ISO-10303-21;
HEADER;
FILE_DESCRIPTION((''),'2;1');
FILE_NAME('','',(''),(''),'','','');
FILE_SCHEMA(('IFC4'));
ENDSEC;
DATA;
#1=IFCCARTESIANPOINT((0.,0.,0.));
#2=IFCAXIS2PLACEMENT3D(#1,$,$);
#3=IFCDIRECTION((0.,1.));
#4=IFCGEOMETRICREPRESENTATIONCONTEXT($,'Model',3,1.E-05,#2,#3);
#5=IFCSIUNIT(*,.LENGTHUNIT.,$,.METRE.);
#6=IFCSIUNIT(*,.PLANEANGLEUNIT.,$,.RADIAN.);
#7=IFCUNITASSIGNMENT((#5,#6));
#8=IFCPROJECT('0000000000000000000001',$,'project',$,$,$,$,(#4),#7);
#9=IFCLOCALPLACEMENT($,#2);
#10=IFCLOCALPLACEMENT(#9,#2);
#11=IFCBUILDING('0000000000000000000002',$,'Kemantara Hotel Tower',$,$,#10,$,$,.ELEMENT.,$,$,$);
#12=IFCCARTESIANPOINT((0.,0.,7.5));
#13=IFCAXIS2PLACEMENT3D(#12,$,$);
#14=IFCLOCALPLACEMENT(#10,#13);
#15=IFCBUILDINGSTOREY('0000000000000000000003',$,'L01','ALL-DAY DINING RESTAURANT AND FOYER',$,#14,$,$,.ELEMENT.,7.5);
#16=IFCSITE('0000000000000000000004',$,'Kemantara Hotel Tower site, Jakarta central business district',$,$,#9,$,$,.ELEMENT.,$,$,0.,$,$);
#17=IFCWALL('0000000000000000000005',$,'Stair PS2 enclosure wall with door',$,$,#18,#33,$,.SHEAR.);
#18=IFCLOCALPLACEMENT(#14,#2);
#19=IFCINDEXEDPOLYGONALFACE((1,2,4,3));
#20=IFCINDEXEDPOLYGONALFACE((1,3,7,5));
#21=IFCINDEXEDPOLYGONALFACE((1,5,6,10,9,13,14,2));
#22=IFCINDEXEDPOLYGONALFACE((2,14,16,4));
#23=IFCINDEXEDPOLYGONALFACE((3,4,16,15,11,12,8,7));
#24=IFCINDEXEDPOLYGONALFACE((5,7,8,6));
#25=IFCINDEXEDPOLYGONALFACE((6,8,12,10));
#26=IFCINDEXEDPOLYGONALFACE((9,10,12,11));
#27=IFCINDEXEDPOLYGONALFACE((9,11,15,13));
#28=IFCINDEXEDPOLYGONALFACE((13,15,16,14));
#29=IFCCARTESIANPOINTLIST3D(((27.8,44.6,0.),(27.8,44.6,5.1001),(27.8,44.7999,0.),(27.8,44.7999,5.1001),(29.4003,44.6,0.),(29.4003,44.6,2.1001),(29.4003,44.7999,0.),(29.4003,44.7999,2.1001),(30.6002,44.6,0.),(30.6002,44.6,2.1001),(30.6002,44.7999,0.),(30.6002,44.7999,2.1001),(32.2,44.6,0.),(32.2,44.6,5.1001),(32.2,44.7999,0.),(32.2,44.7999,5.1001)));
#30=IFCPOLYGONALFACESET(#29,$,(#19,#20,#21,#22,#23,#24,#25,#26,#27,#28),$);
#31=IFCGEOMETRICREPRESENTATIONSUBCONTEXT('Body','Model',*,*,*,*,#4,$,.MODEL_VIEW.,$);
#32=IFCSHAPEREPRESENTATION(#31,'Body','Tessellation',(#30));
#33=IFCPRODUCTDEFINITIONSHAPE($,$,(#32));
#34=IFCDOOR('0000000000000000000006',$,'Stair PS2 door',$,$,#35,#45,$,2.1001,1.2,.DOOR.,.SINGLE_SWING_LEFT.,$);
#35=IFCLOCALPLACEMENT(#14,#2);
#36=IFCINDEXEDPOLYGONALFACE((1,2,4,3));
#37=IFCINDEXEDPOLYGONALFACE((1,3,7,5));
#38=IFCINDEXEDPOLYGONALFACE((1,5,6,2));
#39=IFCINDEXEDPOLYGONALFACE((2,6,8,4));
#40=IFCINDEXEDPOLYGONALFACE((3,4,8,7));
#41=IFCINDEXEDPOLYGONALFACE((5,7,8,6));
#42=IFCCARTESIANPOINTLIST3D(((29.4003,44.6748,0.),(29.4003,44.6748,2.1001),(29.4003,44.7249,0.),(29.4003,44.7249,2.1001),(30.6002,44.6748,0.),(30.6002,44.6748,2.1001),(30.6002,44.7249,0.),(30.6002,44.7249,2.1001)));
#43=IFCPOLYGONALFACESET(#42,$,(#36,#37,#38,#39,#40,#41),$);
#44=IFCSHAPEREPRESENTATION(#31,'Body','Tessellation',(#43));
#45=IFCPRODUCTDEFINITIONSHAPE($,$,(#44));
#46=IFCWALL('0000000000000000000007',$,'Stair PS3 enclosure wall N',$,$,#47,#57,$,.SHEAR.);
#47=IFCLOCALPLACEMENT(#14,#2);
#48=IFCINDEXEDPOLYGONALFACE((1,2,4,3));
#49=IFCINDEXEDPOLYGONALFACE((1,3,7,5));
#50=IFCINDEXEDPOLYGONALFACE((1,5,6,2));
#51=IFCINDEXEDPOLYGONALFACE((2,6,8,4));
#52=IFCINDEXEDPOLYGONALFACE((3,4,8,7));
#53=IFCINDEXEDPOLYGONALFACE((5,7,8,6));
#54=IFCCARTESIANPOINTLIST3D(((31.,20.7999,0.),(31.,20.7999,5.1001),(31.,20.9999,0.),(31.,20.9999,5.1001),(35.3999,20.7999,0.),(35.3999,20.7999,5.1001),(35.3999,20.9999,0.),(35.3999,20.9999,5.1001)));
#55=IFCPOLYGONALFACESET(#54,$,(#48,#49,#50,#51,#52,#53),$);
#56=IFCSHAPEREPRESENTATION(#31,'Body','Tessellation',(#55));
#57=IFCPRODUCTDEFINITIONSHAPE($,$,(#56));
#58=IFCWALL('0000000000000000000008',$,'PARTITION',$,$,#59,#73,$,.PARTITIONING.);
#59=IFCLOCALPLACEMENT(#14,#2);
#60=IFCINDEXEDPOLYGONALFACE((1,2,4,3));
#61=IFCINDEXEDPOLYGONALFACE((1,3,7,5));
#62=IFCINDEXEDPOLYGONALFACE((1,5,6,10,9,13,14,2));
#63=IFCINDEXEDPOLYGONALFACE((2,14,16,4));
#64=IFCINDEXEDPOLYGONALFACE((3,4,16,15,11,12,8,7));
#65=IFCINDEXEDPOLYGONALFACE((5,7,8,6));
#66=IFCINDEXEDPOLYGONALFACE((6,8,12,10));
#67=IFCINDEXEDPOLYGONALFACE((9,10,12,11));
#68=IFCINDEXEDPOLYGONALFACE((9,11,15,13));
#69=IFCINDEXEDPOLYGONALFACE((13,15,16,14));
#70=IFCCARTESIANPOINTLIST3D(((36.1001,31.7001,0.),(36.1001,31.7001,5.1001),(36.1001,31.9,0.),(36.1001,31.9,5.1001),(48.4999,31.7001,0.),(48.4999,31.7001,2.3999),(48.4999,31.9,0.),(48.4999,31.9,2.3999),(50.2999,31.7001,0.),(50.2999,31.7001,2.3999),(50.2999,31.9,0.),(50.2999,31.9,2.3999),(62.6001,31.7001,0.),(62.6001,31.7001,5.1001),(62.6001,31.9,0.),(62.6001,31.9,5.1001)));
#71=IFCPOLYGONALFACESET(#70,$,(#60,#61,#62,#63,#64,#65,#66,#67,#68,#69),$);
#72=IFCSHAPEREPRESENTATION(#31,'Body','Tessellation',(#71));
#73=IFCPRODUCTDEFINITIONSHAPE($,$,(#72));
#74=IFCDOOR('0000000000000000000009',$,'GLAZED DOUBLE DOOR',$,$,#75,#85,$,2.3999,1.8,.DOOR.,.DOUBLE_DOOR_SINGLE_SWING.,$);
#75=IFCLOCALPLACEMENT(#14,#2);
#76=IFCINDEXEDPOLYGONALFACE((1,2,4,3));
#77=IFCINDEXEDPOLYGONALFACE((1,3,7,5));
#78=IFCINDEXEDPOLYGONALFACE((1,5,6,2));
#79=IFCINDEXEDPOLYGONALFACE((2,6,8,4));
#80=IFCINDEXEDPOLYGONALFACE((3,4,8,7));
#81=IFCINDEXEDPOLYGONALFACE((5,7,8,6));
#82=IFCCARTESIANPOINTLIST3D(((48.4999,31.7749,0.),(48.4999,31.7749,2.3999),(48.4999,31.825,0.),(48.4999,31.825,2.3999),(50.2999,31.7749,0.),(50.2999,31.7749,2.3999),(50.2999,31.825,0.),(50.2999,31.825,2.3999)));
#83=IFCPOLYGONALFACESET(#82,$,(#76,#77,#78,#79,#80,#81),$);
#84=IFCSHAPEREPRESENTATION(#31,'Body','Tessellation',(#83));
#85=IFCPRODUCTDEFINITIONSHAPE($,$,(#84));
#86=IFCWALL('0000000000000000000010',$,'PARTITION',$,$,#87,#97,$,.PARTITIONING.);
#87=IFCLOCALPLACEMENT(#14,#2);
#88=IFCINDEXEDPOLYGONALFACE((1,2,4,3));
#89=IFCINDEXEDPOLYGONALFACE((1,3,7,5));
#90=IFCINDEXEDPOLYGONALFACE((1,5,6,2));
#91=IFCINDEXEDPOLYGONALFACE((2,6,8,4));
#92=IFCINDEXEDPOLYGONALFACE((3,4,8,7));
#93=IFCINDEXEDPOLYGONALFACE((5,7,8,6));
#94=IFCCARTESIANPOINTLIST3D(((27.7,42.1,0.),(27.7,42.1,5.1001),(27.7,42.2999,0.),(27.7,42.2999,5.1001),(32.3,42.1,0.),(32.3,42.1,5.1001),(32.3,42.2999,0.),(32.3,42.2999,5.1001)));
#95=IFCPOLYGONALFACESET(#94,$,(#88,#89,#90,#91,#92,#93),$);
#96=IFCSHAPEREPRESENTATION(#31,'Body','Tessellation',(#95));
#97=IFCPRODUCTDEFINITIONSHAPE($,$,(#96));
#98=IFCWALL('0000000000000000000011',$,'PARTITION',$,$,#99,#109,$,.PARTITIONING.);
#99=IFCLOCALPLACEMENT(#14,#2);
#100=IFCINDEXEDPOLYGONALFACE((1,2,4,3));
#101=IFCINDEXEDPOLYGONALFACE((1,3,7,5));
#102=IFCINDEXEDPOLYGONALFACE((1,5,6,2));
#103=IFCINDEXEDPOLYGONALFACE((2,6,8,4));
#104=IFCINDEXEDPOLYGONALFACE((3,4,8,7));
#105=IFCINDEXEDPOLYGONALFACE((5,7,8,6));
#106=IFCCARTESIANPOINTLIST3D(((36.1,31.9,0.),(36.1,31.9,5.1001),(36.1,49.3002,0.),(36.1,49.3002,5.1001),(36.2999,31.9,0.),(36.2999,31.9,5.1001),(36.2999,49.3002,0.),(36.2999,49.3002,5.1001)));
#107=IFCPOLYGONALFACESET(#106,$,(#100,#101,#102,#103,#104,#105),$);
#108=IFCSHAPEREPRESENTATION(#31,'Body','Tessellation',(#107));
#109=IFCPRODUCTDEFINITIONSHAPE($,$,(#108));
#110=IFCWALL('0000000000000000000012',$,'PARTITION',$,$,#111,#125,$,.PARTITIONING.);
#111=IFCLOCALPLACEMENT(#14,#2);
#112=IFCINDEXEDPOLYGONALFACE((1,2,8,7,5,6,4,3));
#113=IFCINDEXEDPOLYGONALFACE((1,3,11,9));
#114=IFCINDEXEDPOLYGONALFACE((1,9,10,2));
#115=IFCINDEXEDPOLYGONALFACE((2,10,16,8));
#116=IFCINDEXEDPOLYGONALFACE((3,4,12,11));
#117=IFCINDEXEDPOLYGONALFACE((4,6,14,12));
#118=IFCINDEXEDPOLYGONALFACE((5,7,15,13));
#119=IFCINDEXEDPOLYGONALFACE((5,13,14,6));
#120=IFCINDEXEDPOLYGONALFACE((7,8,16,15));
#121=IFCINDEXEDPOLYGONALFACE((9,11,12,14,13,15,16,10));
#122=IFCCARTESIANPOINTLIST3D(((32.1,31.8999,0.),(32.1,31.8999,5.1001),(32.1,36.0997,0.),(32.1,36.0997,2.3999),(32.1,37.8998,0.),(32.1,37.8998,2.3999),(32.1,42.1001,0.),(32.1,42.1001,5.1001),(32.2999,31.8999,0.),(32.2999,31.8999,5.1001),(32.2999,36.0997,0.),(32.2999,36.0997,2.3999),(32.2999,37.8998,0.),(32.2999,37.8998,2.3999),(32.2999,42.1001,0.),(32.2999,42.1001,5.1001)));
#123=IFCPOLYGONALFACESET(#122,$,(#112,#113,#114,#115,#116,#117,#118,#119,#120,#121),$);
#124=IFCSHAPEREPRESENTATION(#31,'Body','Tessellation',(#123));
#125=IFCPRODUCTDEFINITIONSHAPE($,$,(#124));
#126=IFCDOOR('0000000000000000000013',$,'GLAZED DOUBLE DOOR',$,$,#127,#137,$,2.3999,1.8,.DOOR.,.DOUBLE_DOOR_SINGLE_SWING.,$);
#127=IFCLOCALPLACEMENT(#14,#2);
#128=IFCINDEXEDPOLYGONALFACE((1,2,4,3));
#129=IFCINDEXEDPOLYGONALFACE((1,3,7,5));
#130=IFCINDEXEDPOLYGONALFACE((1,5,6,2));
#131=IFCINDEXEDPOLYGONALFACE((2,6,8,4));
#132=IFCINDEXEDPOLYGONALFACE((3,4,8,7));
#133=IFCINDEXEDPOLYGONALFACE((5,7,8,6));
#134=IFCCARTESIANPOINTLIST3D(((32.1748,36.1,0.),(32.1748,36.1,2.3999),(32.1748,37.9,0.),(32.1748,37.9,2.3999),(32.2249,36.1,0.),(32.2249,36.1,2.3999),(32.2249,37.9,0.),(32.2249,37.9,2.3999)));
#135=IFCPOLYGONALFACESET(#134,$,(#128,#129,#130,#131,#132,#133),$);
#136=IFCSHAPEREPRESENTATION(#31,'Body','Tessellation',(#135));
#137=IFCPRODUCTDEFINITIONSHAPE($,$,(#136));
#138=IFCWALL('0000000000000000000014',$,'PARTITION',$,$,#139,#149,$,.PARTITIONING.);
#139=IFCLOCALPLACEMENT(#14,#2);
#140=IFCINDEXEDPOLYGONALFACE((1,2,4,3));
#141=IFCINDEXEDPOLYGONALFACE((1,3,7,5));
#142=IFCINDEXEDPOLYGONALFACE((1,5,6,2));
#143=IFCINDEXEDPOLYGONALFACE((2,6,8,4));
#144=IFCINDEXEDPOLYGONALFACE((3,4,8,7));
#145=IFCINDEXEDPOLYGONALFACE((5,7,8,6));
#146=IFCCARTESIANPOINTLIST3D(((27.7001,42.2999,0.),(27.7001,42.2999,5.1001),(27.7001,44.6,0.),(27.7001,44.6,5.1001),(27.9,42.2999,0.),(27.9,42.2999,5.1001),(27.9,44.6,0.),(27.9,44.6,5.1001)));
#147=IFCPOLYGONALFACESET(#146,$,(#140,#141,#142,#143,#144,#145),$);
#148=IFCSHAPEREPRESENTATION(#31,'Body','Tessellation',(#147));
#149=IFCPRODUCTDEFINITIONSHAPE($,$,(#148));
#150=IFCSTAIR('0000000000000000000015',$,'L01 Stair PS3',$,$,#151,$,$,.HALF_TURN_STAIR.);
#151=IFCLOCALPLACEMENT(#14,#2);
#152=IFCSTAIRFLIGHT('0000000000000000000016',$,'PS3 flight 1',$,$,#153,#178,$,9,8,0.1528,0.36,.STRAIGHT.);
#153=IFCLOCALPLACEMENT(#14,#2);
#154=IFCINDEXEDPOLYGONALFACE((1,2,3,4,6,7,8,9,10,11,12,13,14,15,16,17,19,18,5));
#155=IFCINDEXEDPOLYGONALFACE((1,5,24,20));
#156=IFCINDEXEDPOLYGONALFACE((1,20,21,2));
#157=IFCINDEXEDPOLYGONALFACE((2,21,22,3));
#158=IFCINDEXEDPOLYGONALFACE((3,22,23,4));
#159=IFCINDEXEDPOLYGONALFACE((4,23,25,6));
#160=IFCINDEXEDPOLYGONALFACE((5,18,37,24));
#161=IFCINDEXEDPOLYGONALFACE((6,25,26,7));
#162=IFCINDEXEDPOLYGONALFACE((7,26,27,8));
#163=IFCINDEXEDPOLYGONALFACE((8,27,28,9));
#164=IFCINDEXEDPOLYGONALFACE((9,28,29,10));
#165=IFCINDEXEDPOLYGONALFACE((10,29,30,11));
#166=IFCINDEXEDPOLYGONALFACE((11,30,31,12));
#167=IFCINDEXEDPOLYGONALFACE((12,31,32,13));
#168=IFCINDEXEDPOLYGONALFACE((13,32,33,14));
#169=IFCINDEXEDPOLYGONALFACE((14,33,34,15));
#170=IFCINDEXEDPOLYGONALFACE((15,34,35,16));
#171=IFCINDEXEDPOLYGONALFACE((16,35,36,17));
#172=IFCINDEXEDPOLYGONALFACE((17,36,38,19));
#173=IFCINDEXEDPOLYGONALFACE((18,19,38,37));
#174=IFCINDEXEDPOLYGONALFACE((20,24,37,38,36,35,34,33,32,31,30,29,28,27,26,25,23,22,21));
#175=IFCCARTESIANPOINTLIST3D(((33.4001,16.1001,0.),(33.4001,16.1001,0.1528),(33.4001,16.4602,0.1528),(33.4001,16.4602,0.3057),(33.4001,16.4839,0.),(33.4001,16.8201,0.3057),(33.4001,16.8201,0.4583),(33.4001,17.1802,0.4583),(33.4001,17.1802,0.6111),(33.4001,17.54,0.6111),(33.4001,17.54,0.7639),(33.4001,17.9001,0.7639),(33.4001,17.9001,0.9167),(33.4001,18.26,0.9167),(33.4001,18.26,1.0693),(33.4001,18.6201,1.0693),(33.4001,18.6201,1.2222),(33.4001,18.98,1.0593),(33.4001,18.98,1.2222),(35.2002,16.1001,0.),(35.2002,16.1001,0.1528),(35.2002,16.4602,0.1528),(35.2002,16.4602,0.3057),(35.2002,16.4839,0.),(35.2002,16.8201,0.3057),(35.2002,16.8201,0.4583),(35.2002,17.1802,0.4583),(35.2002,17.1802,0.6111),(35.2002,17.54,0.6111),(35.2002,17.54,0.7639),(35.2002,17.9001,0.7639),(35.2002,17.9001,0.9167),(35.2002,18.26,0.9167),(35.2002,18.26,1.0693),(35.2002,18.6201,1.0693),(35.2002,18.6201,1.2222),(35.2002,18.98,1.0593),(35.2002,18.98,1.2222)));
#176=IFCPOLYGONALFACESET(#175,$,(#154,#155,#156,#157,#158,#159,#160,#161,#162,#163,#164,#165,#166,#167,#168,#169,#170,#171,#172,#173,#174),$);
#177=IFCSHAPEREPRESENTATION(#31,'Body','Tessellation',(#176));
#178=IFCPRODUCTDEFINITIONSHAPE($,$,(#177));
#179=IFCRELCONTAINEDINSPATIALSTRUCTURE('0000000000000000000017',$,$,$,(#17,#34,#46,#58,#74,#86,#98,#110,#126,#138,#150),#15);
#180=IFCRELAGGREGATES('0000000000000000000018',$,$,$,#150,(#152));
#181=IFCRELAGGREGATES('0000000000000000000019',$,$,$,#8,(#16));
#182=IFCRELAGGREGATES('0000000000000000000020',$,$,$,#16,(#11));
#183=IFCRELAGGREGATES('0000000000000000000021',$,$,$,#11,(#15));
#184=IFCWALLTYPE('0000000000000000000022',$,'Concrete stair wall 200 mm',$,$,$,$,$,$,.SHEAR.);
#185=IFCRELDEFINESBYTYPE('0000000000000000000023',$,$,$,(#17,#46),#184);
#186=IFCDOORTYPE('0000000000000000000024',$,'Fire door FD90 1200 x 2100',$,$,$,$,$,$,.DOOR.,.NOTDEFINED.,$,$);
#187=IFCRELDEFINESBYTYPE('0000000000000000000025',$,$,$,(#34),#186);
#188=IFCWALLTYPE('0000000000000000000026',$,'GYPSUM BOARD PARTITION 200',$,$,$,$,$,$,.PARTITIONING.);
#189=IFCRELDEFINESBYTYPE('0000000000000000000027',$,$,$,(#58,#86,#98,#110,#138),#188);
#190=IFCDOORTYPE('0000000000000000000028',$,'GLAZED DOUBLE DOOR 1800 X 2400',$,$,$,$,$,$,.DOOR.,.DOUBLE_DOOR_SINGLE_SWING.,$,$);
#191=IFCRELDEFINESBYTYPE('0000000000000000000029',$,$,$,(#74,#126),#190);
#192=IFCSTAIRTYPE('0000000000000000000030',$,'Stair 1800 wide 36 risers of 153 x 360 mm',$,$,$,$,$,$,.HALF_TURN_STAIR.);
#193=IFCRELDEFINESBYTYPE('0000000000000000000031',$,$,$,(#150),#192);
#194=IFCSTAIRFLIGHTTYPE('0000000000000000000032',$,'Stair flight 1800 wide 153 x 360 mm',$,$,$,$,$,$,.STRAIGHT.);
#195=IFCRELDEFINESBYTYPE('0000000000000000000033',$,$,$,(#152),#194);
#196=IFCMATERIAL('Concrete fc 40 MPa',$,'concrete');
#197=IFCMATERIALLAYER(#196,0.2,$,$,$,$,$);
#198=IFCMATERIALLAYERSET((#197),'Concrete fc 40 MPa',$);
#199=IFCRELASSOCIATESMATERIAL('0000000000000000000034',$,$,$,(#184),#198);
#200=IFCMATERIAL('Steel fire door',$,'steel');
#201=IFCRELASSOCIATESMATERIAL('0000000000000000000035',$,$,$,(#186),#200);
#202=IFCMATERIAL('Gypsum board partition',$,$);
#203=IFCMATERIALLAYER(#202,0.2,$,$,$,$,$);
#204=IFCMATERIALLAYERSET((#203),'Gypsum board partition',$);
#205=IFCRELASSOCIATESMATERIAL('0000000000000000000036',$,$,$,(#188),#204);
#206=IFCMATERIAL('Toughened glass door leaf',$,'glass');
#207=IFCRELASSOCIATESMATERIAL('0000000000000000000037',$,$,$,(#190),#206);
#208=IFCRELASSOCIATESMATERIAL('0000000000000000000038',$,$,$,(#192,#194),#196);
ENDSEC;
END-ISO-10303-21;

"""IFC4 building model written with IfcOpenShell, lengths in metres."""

from ifc_helpers import new_model, si_unit, direction, frame, frame_2d, origin, place, context, subcontext, project, spatial, polyline, rectangle, outline, extrude, material, layer, layer_set, type_object, element, fill, aggregate, save


model = new_model("IFC4")

# Units and contexts
model_context = context("Model", 3, precision=1e-05, world=origin(), true_north=direction((0.0, 1.0)))
body_context = subcontext(model_context, "Body", "Model", "MODEL_VIEW")
ifc_project = project(units=[si_unit("LENGTHUNIT", "METRE"), si_unit("PLANEANGLEUNIT", "RADIAN")], contexts=[model_context])

# Site, building, storey
site_placement = place(None, origin())
site = spatial("IfcSite", under=ifc_project, at=site_placement, Name="Kemantara Hotel Tower site, Jakarta central business district", CompositionType="ELEMENT", RefElevation=0.0)
building_placement = place(site_placement, origin())
building = spatial("IfcBuilding", under=site, at=building_placement, Name="Kemantara Hotel Tower", CompositionType="ELEMENT")
storey_placement = place(building_placement, frame((0.0, 0.0, 7.5)))
storey = spatial("IfcBuildingStorey", under=building, at=storey_placement, Name="L01", Description="ALL-DAY DINING RESTAURANT AND FOYER", CompositionType="ELEMENT", Elevation=7.5)

# Shared definitions
ifc_material_1 = material(Name="Concrete fc 40 MPa", Category="concrete")
ifc_layer_1 = layer(ifc_material_1, 0.2)
ifc_layer_set_1 = layer_set([ifc_layer_1], Name="Concrete fc 40 MPa")
wall_type_1 = type_object("IfcWallType", Name="Concrete stair wall 200 mm", PredefinedType="SHEAR", material=ifc_layer_set_1)

# Wall, opening, door
wall_1_placement = place(storey_placement, frame((27.8, 44.7, 0.0), z_axis=(0.0, 0.0, 1.0), x_axis=(1.0, 0.0, 0.0)))
wall_1 = element("IfcWall", 1, at=wall_1_placement, inside=storey, type_object=wall_type_1, Name="Stair PS2 enclosure wall with door", PredefinedType="SHEAR", context=body_context, shape_type="SweptSolid", body=[
    extrude(rectangle(XDim=4.3999, YDim=0.2, at=frame_2d((2.2, 0.0))), origin(), (0.0, 0.0, 1.0), 5.1001),
])
opening_1_placement = place(wall_1_placement, frame((1.6001, 0.0, 0.0)))
opening_1 = element("IfcOpeningElement", 2, at=opening_1_placement, cuts=wall_1, PredefinedType="OPENING", context=body_context, shape_type="SweptSolid", body=[
    extrude(rectangle(XDim=1.2, YDim=2.1001, at=frame_2d((0.6001, 1.05))), frame((0.0, 0.1099, 0.0), z_axis=(0.0, -1.0, 0.0), x_axis=(1.0, 0.0, 0.0)), (0.0, 0.0, 1.0), 0.22),
])
ifc_material_2 = material(Name="Steel fire door", Category="steel")
door_type_1 = type_object("IfcDoorType", Name="Fire door FD90 1200 x 2100", OperationType="NOTDEFINED", PredefinedType="DOOR", material=ifc_material_2)
door_1_placement = place(opening_1_placement, origin())
door_1 = element("IfcDoor", 3, at=door_1_placement, inside=storey, type_object=door_type_1, Name="Stair PS2 door", OperationType="SINGLE_SWING_LEFT", OverallHeight=2.1001, OverallWidth=1.2, PredefinedType="DOOR", context=body_context, shape_type="SweptSolid", body=[
    extrude(rectangle(XDim=1.2, YDim=2.1001, at=frame_2d((0.6001, 1.05))), frame((0.0, 0.0249, 0.0), z_axis=(0.0, -1.0, 0.0), x_axis=(1.0, 0.0, 0.0)), (0.0, 0.0, 1.0), 0.05),
])
fill(opening_1, door_1)

# Wall
wall_2_placement = place(storey_placement, frame((31.0, 20.8999, 0.0), z_axis=(0.0, 0.0, 1.0), x_axis=(1.0, 0.0, 0.0)))
element("IfcWall", 4, at=wall_2_placement, inside=storey, type_object=wall_type_1, Name="Stair PS3 enclosure wall N", PredefinedType="SHEAR", context=body_context, shape_type="SweptSolid", body=[
    extrude(rectangle(XDim=4.3999, YDim=0.2, at=frame_2d((2.2, 0.0))), origin(), (0.0, 0.0, 1.0), 5.1001),
])

# Wall, opening, door
ifc_material_3 = material(Name="Gypsum board partition")
ifc_layer_2 = layer(ifc_material_3, 0.2)
ifc_layer_set_2 = layer_set([ifc_layer_2], Name="Gypsum board partition")
wall_type_2 = type_object("IfcWallType", Name="GYPSUM BOARD PARTITION 200", PredefinedType="PARTITIONING", material=ifc_layer_set_2)
wall_3_placement = place(storey_placement, frame((36.1001, 31.8, 0.0), z_axis=(0.0, 0.0, 1.0), x_axis=(1.0, 0.0, 0.0)))
wall_3 = element("IfcWall", 5, at=wall_3_placement, inside=storey, type_object=wall_type_2, Name="PARTITION", PredefinedType="PARTITIONING", context=body_context, shape_type="SweptSolid", body=[
    extrude(rectangle(XDim=26.5, YDim=0.2, at=frame_2d((13.25, 0.0))), origin(), (0.0, 0.0, 1.0), 5.1001),
])
opening_2_placement = place(wall_3_placement, frame((12.3999, 0.0, 0.0)))
opening_2 = element("IfcOpeningElement", 6, at=opening_2_placement, cuts=wall_3, PredefinedType="OPENING", context=body_context, shape_type="SweptSolid", body=[
    extrude(rectangle(XDim=1.8, YDim=2.3999, at=frame_2d((0.8999, 1.2))), frame((0.0, 0.1099, 0.0), z_axis=(0.0, -1.0, 0.0), x_axis=(1.0, 0.0, 0.0)), (0.0, 0.0, 1.0), 0.22),
])
ifc_material_4 = material(Name="Toughened glass door leaf", Category="glass")
door_type_2 = type_object("IfcDoorType", Name="GLAZED DOUBLE DOOR 1800 X 2400", OperationType="DOUBLE_DOOR_SINGLE_SWING", PredefinedType="DOOR", material=ifc_material_4)
door_2_placement = place(opening_2_placement, origin())
door_2 = element("IfcDoor", 7, at=door_2_placement, inside=storey, type_object=door_type_2, Name="GLAZED DOUBLE DOOR", OperationType="DOUBLE_DOOR_SINGLE_SWING", OverallHeight=2.3999, OverallWidth=1.8, PredefinedType="DOOR", context=body_context, shape_type="SweptSolid", body=[
    extrude(rectangle(XDim=1.8, YDim=2.3999, at=frame_2d((0.8999, 1.2))), frame((0.0, 0.0249, 0.0), z_axis=(0.0, -1.0, 0.0), x_axis=(1.0, 0.0, 0.0)), (0.0, 0.0, 1.0), 0.05),
])
fill(opening_2, door_2)

# Walls
wall_4_placement = place(storey_placement, frame((27.7, 42.2, 0.0), z_axis=(0.0, 0.0, 1.0), x_axis=(1.0, 0.0, 0.0)))
element("IfcWall", 8, at=wall_4_placement, inside=storey, type_object=wall_type_2, Name="PARTITION", PredefinedType="PARTITIONING", context=body_context, shape_type="SweptSolid", body=[
    extrude(rectangle(XDim=4.6001, YDim=0.2, at=frame_2d((2.3, 0.0))), origin(), (0.0, 0.0, 1.0), 5.1001),
])
wall_5_placement = place(storey_placement, frame((36.2, 31.8999, 0.0), z_axis=(0.0, 0.0, 1.0), x_axis=(0.0, 1.0, 0.0)))
element("IfcWall", 9, at=wall_5_placement, inside=storey, type_object=wall_type_2, Name="PARTITION", PredefinedType="PARTITIONING", context=body_context, shape_type="SweptSolid", body=[
    extrude(rectangle(XDim=17.4001, YDim=0.2, at=frame_2d((8.7002, 0.0))), origin(), (0.0, 0.0, 1.0), 5.1001),
])

# Wall, opening, door
wall_6_placement = place(storey_placement, frame((32.2, 31.8999, 0.0), z_axis=(0.0, 0.0, 1.0), x_axis=(0.0, 1.0, 0.0)))
wall_6 = element("IfcWall", 10, at=wall_6_placement, inside=storey, type_object=wall_type_2, Name="PARTITION", PredefinedType="PARTITIONING", context=body_context, shape_type="SweptSolid", body=[
    extrude(rectangle(XDim=10.2002, YDim=0.2, at=frame_2d((5.1001, 0.0))), origin(), (0.0, 0.0, 1.0), 5.1001),
])
opening_3_placement = place(wall_6_placement, frame((4.2, 0.0, 0.0)))
opening_3 = element("IfcOpeningElement", 11, at=opening_3_placement, cuts=wall_6, PredefinedType="OPENING", context=body_context, shape_type="SweptSolid", body=[
    extrude(rectangle(XDim=1.8, YDim=2.3999, at=frame_2d((0.8999, 1.2))), frame((0.0, 0.1099, 0.0), z_axis=(0.0, -1.0, 0.0), x_axis=(1.0, 0.0, 0.0)), (0.0, 0.0, 1.0), 0.22),
])
door_3_placement = place(opening_3_placement, frame((1.8, 0.0, 0.0), z_axis=(0.0, 0.0, 1.0), x_axis=(-1.0, 0.0, 0.0)))
door_3 = element("IfcDoor", 12, at=door_3_placement, inside=storey, type_object=door_type_2, Name="GLAZED DOUBLE DOOR", OperationType="DOUBLE_DOOR_SINGLE_SWING", OverallHeight=2.3999, OverallWidth=1.8, PredefinedType="DOOR", context=body_context, shape_type="SweptSolid", body=[
    extrude(rectangle(XDim=1.8, YDim=2.3999, at=frame_2d((0.8999, 1.2))), frame((0.0, 0.0249, 0.0), z_axis=(0.0, -1.0, 0.0), x_axis=(1.0, 0.0, 0.0)), (0.0, 0.0, 1.0), 0.05),
])
fill(opening_3, door_3)

# Wall
wall_7_placement = place(storey_placement, frame((27.8, 42.3, 0.0), z_axis=(0.0, 0.0, 1.0), x_axis=(0.0, 1.0, 0.0)))
element("IfcWall", 13, at=wall_7_placement, inside=storey, type_object=wall_type_2, Name="PARTITION", PredefinedType="PARTITIONING", context=body_context, shape_type="SweptSolid", body=[
    extrude(rectangle(XDim=2.3, YDim=0.2, at=frame_2d((1.1499, 0.0))), origin(), (0.0, 0.0, 1.0), 5.1001),
])

# Stair, stair flight
stair_type = type_object("IfcStairType", Name="Stair 1800 wide 36 risers of 153 x 360 mm", PredefinedType="HALF_TURN_STAIR", material=ifc_material_1)
stair_placement = place(storey_placement, origin())
stair = element("IfcStair", 14, at=stair_placement, inside=storey, type_object=stair_type, Name="L01 Stair PS3", PredefinedType="HALF_TURN_STAIR")
stair_flight_type = type_object("IfcStairFlightType", Name="Stair flight 1800 wide 153 x 360 mm", PredefinedType="STRAIGHT", material=ifc_material_1)
stair_flight_1_placement = place(storey_placement, frame((34.3, 16.1001, 0.0), z_axis=(0.0, 0.0, 1.0), x_axis=(0.0, 1.0, 0.0)))
stair_flight_1 = element("IfcStairFlight", 15, at=stair_flight_1_placement, type_object=stair_flight_type, Name="PS3 flight 1", NumberOfRisers=9, NumberOfTreads=8, PredefinedType="STRAIGHT", RiserHeight=0.1528, TreadLength=0.36, context=body_context, shape_type="SweptSolid", body=[
    extrude(outline(polyline([(0.0, 0.0), (0.0, 0.1528), (0.3601, 0.1528), (0.3601, 0.3057), (0.72, 0.3057), (0.72, 0.4583), (1.0801, 0.4583), (1.0801, 0.6111), (1.4399, 0.6111), (1.4399, 0.7639), (1.8, 0.7639), (1.8, 0.9167), (2.1599, 0.9167), (2.1599, 1.0693), (2.52, 1.0693), (2.52, 1.2222), (2.8799, 1.2222), (2.8799, 1.375), (2.8799, 1.0593), (0.3838, 0.0), (0.0, 0.0)])), frame((0.0, 0.8999, 0.0), z_axis=(0.0, -1.0, 0.0), x_axis=(1.0, 0.0, 0.0)), (0.0, 0.0, 1.0), 1.8),
])
aggregate(stair, [stair_flight_1])

save(model, "model.ifc")
